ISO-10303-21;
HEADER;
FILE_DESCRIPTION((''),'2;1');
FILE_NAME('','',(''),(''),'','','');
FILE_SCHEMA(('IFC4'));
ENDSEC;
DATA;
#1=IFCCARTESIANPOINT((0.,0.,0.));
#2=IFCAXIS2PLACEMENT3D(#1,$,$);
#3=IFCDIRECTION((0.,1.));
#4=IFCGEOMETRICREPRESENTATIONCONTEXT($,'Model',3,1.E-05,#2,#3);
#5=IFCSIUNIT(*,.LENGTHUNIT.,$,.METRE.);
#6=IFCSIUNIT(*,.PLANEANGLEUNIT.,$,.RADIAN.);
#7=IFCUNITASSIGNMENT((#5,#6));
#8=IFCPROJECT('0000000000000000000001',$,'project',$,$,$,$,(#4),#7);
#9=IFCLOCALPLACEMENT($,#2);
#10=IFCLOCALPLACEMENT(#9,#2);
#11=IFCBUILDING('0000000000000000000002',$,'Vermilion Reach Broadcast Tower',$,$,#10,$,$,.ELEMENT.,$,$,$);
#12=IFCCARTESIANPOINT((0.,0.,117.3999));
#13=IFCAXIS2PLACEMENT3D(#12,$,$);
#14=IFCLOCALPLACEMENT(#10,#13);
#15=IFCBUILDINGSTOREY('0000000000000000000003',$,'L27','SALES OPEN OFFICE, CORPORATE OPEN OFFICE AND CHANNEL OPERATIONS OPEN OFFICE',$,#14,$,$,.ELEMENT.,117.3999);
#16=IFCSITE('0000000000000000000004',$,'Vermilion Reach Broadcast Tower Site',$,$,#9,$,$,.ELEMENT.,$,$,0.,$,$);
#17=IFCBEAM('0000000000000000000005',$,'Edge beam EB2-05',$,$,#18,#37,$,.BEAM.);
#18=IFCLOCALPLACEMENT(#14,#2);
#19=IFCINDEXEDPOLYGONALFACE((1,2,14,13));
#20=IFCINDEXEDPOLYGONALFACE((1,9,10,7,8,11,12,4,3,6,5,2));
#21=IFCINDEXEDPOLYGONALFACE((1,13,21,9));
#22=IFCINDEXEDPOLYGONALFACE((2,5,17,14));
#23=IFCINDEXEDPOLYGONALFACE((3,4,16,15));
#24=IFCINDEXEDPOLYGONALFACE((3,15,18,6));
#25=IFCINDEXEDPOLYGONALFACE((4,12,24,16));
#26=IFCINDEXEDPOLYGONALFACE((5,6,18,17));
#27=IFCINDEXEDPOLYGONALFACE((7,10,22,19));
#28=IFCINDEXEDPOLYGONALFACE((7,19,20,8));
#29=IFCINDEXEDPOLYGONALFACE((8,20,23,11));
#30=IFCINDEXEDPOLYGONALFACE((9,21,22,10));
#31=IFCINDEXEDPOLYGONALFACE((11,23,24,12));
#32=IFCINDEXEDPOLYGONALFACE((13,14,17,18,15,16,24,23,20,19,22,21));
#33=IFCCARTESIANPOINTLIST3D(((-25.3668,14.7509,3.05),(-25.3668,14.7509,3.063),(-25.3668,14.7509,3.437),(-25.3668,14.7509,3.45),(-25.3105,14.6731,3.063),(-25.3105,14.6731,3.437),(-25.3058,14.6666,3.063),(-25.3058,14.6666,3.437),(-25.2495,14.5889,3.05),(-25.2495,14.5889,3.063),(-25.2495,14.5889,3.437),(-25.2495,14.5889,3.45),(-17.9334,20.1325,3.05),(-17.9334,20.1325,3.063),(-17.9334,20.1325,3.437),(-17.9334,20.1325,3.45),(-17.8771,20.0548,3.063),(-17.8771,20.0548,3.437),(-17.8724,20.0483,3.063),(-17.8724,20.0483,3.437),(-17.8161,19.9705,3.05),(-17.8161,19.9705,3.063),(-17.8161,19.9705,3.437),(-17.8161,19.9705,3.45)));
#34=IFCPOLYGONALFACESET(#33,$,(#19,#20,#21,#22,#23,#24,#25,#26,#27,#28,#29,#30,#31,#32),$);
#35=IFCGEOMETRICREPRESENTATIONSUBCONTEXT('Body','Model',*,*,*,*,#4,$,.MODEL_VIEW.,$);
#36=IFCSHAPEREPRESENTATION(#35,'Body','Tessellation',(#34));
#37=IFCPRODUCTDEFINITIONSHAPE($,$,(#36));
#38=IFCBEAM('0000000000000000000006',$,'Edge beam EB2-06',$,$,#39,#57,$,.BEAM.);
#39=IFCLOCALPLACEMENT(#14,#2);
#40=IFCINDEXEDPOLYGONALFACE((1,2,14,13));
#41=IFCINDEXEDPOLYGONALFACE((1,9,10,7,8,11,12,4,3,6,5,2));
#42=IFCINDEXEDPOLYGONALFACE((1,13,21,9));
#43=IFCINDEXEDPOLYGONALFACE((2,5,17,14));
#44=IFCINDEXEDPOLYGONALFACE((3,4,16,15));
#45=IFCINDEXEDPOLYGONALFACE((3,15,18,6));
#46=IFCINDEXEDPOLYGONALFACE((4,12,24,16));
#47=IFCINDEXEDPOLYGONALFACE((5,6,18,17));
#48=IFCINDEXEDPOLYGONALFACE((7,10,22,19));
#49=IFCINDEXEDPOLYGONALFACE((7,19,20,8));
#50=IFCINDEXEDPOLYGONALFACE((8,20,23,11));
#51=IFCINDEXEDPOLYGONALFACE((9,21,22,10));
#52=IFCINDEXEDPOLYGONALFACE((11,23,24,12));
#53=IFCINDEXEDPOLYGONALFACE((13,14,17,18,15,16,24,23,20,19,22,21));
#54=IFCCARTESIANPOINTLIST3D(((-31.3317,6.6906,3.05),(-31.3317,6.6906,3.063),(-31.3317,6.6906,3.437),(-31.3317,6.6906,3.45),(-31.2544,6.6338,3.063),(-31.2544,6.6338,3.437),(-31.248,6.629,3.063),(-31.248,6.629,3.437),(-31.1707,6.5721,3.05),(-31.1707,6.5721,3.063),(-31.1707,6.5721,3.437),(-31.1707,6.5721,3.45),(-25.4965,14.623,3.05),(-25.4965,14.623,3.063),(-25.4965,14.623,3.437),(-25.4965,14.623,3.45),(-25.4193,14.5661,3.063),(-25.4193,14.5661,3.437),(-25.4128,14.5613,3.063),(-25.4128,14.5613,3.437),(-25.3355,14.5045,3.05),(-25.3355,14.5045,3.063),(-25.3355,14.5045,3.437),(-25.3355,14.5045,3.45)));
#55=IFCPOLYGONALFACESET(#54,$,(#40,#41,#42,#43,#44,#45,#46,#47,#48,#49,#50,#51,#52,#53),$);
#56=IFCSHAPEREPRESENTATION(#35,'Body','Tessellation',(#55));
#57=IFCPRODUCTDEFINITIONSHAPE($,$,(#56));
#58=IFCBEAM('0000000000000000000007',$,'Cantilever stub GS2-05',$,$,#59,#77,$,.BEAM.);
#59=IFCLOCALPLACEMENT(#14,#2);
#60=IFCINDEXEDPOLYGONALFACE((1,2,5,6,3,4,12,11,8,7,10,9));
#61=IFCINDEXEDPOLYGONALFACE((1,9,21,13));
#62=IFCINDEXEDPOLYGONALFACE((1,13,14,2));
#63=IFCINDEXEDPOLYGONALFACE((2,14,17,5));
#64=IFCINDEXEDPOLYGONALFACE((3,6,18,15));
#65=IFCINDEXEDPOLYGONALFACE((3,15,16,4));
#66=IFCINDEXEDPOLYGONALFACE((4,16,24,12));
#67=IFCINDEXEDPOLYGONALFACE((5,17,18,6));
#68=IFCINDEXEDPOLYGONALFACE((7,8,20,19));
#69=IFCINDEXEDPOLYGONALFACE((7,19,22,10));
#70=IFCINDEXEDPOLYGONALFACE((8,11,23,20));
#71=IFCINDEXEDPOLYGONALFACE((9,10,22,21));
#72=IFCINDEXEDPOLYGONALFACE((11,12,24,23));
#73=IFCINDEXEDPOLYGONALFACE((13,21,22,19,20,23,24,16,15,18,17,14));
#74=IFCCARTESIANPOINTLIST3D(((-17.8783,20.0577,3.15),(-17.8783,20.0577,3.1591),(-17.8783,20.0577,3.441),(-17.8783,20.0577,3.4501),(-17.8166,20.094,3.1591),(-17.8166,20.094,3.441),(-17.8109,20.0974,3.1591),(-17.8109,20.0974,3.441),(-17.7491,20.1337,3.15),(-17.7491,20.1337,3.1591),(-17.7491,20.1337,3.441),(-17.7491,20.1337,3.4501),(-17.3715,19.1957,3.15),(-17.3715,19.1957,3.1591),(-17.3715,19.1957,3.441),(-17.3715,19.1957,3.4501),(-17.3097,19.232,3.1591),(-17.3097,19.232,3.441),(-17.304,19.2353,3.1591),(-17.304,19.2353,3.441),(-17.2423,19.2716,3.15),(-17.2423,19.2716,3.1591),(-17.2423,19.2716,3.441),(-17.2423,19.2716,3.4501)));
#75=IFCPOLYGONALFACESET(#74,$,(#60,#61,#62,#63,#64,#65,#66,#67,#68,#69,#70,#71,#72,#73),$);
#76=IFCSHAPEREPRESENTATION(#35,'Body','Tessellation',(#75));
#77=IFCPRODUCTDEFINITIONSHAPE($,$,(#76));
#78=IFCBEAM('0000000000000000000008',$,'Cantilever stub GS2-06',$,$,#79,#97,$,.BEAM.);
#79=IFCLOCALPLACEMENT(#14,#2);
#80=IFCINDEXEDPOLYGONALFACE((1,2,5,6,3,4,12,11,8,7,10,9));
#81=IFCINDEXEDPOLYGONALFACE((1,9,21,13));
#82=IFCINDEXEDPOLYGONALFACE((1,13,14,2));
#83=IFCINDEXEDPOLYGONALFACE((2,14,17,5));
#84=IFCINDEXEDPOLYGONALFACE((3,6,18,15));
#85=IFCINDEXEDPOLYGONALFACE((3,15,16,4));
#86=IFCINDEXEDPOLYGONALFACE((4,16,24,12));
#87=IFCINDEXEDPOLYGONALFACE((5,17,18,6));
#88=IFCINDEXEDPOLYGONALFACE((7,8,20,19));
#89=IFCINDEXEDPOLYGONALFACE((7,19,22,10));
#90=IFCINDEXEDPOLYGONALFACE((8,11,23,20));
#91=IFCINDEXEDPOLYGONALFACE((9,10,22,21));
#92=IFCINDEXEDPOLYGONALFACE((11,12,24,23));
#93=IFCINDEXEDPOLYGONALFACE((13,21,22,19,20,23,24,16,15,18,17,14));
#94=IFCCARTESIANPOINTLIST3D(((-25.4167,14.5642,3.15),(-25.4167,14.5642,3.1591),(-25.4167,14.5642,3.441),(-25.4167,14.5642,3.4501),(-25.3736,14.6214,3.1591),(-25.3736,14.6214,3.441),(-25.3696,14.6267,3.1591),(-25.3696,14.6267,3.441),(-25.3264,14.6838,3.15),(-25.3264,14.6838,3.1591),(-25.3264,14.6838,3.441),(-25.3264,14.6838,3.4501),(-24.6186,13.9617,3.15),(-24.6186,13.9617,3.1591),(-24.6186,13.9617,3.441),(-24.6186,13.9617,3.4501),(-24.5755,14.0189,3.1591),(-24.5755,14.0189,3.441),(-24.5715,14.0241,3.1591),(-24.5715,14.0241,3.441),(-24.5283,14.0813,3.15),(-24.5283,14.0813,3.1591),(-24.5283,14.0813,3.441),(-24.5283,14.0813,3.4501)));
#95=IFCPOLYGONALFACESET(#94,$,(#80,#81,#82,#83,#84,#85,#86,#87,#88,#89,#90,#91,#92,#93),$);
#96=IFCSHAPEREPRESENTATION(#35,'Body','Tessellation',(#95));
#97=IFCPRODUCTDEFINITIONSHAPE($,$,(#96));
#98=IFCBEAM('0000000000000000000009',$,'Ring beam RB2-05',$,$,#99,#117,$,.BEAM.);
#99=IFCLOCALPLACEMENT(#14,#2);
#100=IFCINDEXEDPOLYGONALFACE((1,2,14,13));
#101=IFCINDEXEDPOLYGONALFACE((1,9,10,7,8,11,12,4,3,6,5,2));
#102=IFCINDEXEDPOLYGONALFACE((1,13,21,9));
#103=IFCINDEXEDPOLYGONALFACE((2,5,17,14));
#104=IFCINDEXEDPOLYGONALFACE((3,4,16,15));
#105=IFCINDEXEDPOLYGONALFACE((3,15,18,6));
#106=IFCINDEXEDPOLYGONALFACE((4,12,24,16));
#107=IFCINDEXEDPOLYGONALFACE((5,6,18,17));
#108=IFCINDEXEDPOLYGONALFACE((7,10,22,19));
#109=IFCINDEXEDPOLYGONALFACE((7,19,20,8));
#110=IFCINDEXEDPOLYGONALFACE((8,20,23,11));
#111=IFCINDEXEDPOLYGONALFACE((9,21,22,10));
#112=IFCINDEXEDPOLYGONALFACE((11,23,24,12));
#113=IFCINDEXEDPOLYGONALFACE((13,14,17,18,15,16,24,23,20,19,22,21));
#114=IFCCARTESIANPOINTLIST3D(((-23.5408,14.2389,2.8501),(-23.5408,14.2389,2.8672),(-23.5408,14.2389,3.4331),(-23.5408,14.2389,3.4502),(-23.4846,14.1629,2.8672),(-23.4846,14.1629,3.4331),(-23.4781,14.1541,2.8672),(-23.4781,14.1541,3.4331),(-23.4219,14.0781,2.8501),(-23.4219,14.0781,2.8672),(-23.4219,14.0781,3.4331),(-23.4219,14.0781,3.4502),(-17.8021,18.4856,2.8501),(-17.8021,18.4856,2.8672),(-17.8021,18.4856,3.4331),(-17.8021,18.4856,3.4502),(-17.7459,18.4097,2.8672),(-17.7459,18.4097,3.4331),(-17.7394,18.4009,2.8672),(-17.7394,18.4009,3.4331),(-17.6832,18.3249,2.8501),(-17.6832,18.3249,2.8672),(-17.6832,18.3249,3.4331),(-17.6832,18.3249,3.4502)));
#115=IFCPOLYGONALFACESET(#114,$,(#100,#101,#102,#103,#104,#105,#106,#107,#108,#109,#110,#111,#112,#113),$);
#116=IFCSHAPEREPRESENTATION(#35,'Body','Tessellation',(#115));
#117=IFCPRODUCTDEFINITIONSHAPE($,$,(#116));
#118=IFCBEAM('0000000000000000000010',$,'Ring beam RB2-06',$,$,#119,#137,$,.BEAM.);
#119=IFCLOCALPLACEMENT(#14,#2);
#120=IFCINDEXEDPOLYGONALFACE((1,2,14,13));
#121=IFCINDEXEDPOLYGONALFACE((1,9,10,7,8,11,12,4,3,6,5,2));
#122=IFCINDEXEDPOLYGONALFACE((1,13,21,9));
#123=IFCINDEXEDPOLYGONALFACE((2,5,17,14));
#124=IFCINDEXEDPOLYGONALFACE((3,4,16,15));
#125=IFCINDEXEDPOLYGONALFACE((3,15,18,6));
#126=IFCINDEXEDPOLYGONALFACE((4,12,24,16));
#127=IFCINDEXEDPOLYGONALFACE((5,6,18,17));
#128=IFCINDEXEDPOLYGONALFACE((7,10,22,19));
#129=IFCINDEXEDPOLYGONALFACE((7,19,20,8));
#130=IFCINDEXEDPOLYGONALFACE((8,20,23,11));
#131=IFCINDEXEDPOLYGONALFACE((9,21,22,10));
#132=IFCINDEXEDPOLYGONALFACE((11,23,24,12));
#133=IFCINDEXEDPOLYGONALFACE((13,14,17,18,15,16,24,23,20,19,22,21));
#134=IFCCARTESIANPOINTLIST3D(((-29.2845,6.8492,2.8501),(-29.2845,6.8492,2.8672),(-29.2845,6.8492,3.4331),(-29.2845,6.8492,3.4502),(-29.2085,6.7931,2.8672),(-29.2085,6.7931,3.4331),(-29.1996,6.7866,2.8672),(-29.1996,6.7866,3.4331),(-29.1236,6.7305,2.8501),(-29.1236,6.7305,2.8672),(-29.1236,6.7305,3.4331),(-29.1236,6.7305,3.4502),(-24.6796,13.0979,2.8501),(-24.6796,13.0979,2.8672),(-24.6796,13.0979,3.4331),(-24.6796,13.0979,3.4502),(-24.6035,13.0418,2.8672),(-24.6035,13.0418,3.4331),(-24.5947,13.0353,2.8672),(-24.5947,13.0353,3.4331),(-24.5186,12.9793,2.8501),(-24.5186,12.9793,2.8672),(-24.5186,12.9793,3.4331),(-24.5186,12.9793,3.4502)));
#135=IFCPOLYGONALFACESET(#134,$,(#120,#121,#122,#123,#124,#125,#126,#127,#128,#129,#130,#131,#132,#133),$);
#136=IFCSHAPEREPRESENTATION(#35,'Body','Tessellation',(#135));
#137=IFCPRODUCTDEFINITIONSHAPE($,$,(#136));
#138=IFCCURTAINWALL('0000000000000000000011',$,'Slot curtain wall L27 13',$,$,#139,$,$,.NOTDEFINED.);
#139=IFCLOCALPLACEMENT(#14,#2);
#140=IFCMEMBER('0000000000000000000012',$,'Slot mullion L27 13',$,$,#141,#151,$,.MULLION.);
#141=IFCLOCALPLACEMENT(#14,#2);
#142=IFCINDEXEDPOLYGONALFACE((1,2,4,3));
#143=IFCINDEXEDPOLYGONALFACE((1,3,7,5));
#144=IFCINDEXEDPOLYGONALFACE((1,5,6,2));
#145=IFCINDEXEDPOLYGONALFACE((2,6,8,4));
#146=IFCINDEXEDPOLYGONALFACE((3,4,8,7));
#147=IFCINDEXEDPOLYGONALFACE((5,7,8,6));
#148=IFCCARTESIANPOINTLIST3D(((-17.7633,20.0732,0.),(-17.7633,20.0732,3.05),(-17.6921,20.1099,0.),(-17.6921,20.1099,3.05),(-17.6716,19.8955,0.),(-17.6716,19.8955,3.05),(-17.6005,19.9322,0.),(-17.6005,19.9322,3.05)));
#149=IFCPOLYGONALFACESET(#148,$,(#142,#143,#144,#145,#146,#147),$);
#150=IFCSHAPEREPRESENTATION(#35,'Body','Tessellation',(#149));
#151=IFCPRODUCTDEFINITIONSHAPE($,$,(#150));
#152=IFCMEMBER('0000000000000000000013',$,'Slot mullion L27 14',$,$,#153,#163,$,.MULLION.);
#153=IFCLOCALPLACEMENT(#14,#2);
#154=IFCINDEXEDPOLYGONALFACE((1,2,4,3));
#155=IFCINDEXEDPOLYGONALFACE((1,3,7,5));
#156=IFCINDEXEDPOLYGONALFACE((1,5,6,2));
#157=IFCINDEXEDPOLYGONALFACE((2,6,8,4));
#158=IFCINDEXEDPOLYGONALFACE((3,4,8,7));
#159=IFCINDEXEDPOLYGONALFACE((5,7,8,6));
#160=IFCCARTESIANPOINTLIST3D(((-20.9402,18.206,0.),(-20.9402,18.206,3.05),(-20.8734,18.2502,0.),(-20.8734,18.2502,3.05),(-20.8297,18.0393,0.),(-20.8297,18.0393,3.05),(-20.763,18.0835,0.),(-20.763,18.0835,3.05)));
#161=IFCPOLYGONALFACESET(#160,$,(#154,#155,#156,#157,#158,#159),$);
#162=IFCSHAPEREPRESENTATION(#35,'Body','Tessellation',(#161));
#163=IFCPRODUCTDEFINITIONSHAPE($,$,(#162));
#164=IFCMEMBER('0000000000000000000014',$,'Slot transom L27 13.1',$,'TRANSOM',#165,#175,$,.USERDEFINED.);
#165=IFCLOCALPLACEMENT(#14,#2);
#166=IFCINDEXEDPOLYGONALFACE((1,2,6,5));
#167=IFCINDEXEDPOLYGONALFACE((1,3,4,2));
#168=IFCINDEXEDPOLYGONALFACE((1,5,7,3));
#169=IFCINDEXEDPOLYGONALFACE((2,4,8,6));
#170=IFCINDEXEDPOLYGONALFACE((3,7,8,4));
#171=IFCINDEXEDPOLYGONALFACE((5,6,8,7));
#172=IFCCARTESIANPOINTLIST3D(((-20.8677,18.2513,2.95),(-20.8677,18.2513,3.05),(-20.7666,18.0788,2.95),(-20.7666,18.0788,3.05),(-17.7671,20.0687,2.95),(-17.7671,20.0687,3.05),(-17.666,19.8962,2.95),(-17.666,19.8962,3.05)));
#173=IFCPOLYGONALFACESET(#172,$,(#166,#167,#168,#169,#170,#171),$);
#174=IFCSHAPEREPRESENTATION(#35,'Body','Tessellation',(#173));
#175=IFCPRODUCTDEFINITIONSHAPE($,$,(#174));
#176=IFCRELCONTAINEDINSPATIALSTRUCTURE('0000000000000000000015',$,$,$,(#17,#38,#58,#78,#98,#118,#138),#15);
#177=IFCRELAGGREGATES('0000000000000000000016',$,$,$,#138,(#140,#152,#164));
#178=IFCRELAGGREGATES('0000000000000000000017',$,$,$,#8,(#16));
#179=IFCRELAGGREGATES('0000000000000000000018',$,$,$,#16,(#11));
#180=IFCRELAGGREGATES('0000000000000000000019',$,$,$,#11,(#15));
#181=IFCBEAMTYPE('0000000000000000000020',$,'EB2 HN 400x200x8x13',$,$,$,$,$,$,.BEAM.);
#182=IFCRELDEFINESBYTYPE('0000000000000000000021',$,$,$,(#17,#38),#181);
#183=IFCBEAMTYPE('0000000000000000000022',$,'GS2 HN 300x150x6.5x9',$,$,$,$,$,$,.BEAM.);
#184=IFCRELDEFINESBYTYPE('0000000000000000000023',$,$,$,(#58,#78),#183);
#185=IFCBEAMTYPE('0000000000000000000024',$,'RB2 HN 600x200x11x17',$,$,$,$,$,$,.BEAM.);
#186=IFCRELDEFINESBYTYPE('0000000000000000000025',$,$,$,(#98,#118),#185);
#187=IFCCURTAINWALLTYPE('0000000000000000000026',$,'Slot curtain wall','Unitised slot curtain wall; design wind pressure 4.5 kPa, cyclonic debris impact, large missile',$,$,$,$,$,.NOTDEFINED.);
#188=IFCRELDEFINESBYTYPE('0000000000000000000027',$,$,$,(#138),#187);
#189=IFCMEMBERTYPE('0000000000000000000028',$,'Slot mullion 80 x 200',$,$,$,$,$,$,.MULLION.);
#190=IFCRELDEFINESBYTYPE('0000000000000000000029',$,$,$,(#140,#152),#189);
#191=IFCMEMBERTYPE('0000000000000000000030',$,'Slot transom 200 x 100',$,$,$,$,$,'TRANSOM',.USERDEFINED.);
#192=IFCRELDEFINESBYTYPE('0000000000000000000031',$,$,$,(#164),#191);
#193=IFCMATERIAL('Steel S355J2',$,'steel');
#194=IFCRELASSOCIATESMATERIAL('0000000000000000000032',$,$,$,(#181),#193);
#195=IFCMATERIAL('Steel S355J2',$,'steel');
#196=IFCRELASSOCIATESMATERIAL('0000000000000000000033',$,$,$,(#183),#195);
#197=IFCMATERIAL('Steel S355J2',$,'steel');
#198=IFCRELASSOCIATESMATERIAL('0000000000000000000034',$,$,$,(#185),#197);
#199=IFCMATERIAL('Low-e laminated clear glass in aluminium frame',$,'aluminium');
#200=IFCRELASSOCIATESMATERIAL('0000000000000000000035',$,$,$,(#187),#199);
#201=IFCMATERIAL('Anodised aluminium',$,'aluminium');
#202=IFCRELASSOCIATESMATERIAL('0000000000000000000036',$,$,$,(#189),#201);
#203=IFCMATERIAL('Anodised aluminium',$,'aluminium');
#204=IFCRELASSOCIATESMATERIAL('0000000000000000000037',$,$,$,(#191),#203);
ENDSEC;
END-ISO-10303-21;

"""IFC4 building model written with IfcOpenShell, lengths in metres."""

from ifc_helpers import new_model, si_unit, direction, frame, origin, origin_2d, place, context, subcontext, project, spatial, rectangle, i_section, extrude, material, material_profile, profile_set, type_object, element, aggregate, save


model = new_model("IFC4")

# Units and contexts
model_context = context("Model", 3, precision=1e-05, world=origin(), true_north=direction((0.0, 1.0)))
body_context = subcontext(model_context, "Body", "Model", "MODEL_VIEW")
ifc_project = project(units=[si_unit("LENGTHUNIT", "METRE"), si_unit("PLANEANGLEUNIT", "RADIAN")], contexts=[model_context])

# Site, building, storey
site_placement = place(None, origin())
site = spatial("IfcSite", under=ifc_project, at=site_placement, Name="Vermilion Reach Broadcast Tower Site", CompositionType="ELEMENT", RefElevation=0.0)
building_placement = place(site_placement, origin())
building = spatial("IfcBuilding", under=site, at=building_placement, Name="Vermilion Reach Broadcast Tower", CompositionType="ELEMENT")
storey_placement = place(building_placement, frame((0.0, 0.0, 117.3999)))
storey = spatial("IfcBuildingStorey", under=building, at=storey_placement, Name="L27", Description="SALES OPEN OFFICE, CORPORATE OPEN OFFICE AND CHANNEL OPERATIONS OPEN OFFICE", CompositionType="ELEMENT", Elevation=117.3999)

# Beams
ifc_material_1 = material(Name="Steel S355J2", Category="steel")
ifc_material_profile_1 = material_profile(ifc_material_1, i_section(OverallWidth=0.2, OverallDepth=0.3999, WebThickness=0.0081, FlangeThickness=0.0129, at=origin_2d()), Name="S355J2 HN 400x200x8x13")
ifc_profile_set_1 = profile_set([ifc_material_profile_1], Name="Steel S355J2")
beam_type_1 = type_object("IfcBeamType", Name="EB2 HN 400x200x8x13", PredefinedType="BEAM", material=ifc_profile_set_1)
beam_1_placement = place(storey_placement, frame((-17.8748, 20.0515, 3.25), z_axis=(-0.810003, -0.586426, 0.0), x_axis=(0.586426, -0.810003, 0.0)))
element("IfcBeam", 1, at=beam_1_placement, inside=storey, type_object=beam_type_1, Name="Edge beam EB2-05", PredefinedType="BEAM", context=body_context, shape_type="SweptSolid", body=[
    extrude(i_section(OverallWidth=0.2, OverallDepth=0.3999, WebThickness=0.0081, FlangeThickness=0.0129, at=origin_2d()), origin(), (0.0, 0.0, 1.0), 9.177),
])
beam_2_placement = place(storey_placement, frame((-25.416, 14.5637, 3.25), z_axis=(-0.59256, -0.805526, 0.0), x_axis=(0.805526, -0.59256, 0.0)))
element("IfcBeam", 2, at=beam_2_placement, inside=storey, type_object=beam_type_1, Name="Edge beam EB2-06", PredefinedType="BEAM", context=body_context, shape_type="SweptSolid", body=[
    extrude(i_section(OverallWidth=0.2, OverallDepth=0.3999, WebThickness=0.0081, FlangeThickness=0.0129, at=origin_2d()), origin(), (0.0, 0.0, 1.0), 9.8474),
])
ifc_material_2 = material(Name="Steel S355J2", Category="steel")
ifc_material_profile_2 = material_profile(ifc_material_2, i_section(OverallWidth=0.1499, OverallDepth=0.3, WebThickness=0.0066, FlangeThickness=0.009, at=origin_2d()), Name="S355J2 HN 300x150x6.5x9")
ifc_profile_set_2 = profile_set([ifc_material_profile_2], Name="Steel S355J2")
beam_type_2 = type_object("IfcBeamType", Name="GS2 HN 300x150x6.5x9", PredefinedType="BEAM", material=ifc_profile_set_2)
for number, where, z_axis, x_axis, name in (
    (3, (-17.3069, 19.2336, 3.3), (-0.506828, 0.862047, 0.0), (-0.862047, -0.506828, 0.0), "Cantilever stub GS2-05"),
    (4, (-24.5735, 14.0215, 3.3), (-0.798092, 0.602536, 0.0), (-0.602536, -0.798092, 0.0), "Cantilever stub GS2-06"),
):
    element("IfcBeam", number, at=place(storey_placement, frame(where, z_axis=z_axis, x_axis=x_axis)), inside=storey, type_object=beam_type_2, Name=name, PredefinedType="BEAM", context=body_context, shape_type="SweptSolid", body=[
        extrude(i_section(OverallWidth=0.1499, OverallDepth=0.3, WebThickness=0.0066, FlangeThickness=0.009, at=origin_2d()), origin(), (0.0, 0.0, 1.0), 1.0),
    ])
ifc_material_3 = material(Name="Steel S355J2", Category="steel")
ifc_material_profile_3 = material_profile(ifc_material_3, i_section(OverallWidth=0.2, OverallDepth=0.6001, WebThickness=0.011, FlangeThickness=0.0171, at=origin_2d()), Name="S355J2 HN 600x200x11x17")
ifc_profile_set_3 = profile_set([ifc_material_profile_3], Name="Steel S355J2")
beam_type_3 = type_object("IfcBeamType", Name="RB2 HN 600x200x11x17", PredefinedType="BEAM", material=ifc_profile_set_3)
beam_3_placement = place(storey_placement, frame((-17.7427, 18.4053, 3.1501), z_axis=(-0.803833, -0.594855, 0.0), x_axis=(0.594855, -0.803833, 0.0)))
element("IfcBeam", 5, at=beam_3_placement, inside=storey, type_object=beam_type_3, Name="Ring beam RB2-05", PredefinedType="BEAM", context=body_context, shape_type="SweptSolid", body=[
    extrude(i_section(OverallWidth=0.2, OverallDepth=0.6001, WebThickness=0.011, FlangeThickness=0.0171, at=origin_2d()), origin(), (0.0, 0.0, 1.0), 7.1392),
])
beam_4_placement = place(storey_placement, frame((-24.5991, 13.0386, 3.1501), z_axis=(-0.593251, -0.805018, 0.0), x_axis=(0.805018, -0.593251, 0.0)))
element("IfcBeam", 6, at=beam_4_placement, inside=storey, type_object=beam_type_3, Name="Ring beam RB2-06", PredefinedType="BEAM", context=body_context, shape_type="SweptSolid", body=[
    extrude(i_section(OverallWidth=0.2, OverallDepth=0.6001, WebThickness=0.011, FlangeThickness=0.0171, at=origin_2d()), origin(), (0.0, 0.0, 1.0), 7.7622),
])

# Curtain wall, members
ifc_material_4 = material(Name="Low-e laminated clear glass in aluminium frame", Category="aluminium")
curtain_wall_type = type_object("IfcCurtainWallType", Name="Slot curtain wall", Description="Unitised slot curtain wall; design wind pressure 4.5 kPa, cyclonic debris impact, large missile", PredefinedType="NOTDEFINED", material=ifc_material_4)
placement = place(storey_placement, origin())
curtain_wall_1 = element("IfcCurtainWall", 7, at=placement, inside=storey, type_object=curtain_wall_type, Name="Slot curtain wall L27 13", PredefinedType="NOTDEFINED")
ifc_material_5 = material(Name="Anodised aluminium", Category="aluminium")
ifc_material_profile_4 = material_profile(ifc_material_5, rectangle(XDim=0.2, YDim=0.0801, at=origin_2d()), Name="Slot mullion 80 x 200")
ifc_profile_set_4 = profile_set([ifc_material_profile_4], Name="Anodised aluminium")
member_type_1 = type_object("IfcMemberType", Name="Slot mullion 80 x 200", PredefinedType="MULLION", material=ifc_profile_set_4)
member_1_placement = place(storey_placement, frame((-17.6819, 20.0027, 0.0), z_axis=(0.0, 0.0, 1.0), x_axis=(0.458431, -0.88873, 0.0)))
member_1 = element("IfcMember", 8, at=member_1_placement, type_object=member_type_1, Name="Slot mullion L27 13", PredefinedType="MULLION", context=body_context, shape_type="SweptSolid", body=[
    extrude(rectangle(XDim=0.2, YDim=0.0801, at=origin_2d()), origin(), (0.0, 0.0, 1.0), 3.05),
])
member_2_placement = place(storey_placement, frame((-20.8516, 18.1448, 0.0), z_axis=(0.0, 0.0, 1.0), x_axis=(0.552243, -0.833683, 0.0)))
member_2 = element("IfcMember", 9, at=member_2_placement, type_object=member_type_1, Name="Slot mullion L27 14", PredefinedType="MULLION", context=body_context, shape_type="SweptSolid", body=[
    extrude(rectangle(XDim=0.2, YDim=0.0801, at=origin_2d()), origin(), (0.0, 0.0, 1.0), 3.05),
])
ifc_material_6 = material(Name="Anodised aluminium", Category="aluminium")
ifc_material_profile_5 = material_profile(ifc_material_6, rectangle(XDim=0.2, YDim=0.1001, at=origin_2d()), Name="Slot transom 200 x 100")
ifc_profile_set_5 = profile_set([ifc_material_profile_5], Name="Anodised aluminium")
member_type_2 = type_object("IfcMemberType", Name="Slot transom 200 x 100", ElementType="TRANSOM", PredefinedType="USERDEFINED", material=ifc_profile_set_5)
member_3_placement = place(storey_placement, frame((-17.7166, 19.9824, 3.0), z_axis=(-0.862722, -0.505678, 0.0), x_axis=(0.505678, -0.862722, 0.0)))
member_3 = element("IfcMember", 10, at=member_3_placement, type_object=member_type_2, Name="Slot transom L27 13.1", ObjectType="TRANSOM", PredefinedType="USERDEFINED", context=body_context, shape_type="SweptSolid", body=[
    extrude(rectangle(XDim=0.2, YDim=0.1001, at=origin_2d()), origin(), (0.0, 0.0, 1.0), 3.594),
])

aggregate(curtain_wall_1, [member_1, member_2, member_3])

save(model, "model.ifc")
